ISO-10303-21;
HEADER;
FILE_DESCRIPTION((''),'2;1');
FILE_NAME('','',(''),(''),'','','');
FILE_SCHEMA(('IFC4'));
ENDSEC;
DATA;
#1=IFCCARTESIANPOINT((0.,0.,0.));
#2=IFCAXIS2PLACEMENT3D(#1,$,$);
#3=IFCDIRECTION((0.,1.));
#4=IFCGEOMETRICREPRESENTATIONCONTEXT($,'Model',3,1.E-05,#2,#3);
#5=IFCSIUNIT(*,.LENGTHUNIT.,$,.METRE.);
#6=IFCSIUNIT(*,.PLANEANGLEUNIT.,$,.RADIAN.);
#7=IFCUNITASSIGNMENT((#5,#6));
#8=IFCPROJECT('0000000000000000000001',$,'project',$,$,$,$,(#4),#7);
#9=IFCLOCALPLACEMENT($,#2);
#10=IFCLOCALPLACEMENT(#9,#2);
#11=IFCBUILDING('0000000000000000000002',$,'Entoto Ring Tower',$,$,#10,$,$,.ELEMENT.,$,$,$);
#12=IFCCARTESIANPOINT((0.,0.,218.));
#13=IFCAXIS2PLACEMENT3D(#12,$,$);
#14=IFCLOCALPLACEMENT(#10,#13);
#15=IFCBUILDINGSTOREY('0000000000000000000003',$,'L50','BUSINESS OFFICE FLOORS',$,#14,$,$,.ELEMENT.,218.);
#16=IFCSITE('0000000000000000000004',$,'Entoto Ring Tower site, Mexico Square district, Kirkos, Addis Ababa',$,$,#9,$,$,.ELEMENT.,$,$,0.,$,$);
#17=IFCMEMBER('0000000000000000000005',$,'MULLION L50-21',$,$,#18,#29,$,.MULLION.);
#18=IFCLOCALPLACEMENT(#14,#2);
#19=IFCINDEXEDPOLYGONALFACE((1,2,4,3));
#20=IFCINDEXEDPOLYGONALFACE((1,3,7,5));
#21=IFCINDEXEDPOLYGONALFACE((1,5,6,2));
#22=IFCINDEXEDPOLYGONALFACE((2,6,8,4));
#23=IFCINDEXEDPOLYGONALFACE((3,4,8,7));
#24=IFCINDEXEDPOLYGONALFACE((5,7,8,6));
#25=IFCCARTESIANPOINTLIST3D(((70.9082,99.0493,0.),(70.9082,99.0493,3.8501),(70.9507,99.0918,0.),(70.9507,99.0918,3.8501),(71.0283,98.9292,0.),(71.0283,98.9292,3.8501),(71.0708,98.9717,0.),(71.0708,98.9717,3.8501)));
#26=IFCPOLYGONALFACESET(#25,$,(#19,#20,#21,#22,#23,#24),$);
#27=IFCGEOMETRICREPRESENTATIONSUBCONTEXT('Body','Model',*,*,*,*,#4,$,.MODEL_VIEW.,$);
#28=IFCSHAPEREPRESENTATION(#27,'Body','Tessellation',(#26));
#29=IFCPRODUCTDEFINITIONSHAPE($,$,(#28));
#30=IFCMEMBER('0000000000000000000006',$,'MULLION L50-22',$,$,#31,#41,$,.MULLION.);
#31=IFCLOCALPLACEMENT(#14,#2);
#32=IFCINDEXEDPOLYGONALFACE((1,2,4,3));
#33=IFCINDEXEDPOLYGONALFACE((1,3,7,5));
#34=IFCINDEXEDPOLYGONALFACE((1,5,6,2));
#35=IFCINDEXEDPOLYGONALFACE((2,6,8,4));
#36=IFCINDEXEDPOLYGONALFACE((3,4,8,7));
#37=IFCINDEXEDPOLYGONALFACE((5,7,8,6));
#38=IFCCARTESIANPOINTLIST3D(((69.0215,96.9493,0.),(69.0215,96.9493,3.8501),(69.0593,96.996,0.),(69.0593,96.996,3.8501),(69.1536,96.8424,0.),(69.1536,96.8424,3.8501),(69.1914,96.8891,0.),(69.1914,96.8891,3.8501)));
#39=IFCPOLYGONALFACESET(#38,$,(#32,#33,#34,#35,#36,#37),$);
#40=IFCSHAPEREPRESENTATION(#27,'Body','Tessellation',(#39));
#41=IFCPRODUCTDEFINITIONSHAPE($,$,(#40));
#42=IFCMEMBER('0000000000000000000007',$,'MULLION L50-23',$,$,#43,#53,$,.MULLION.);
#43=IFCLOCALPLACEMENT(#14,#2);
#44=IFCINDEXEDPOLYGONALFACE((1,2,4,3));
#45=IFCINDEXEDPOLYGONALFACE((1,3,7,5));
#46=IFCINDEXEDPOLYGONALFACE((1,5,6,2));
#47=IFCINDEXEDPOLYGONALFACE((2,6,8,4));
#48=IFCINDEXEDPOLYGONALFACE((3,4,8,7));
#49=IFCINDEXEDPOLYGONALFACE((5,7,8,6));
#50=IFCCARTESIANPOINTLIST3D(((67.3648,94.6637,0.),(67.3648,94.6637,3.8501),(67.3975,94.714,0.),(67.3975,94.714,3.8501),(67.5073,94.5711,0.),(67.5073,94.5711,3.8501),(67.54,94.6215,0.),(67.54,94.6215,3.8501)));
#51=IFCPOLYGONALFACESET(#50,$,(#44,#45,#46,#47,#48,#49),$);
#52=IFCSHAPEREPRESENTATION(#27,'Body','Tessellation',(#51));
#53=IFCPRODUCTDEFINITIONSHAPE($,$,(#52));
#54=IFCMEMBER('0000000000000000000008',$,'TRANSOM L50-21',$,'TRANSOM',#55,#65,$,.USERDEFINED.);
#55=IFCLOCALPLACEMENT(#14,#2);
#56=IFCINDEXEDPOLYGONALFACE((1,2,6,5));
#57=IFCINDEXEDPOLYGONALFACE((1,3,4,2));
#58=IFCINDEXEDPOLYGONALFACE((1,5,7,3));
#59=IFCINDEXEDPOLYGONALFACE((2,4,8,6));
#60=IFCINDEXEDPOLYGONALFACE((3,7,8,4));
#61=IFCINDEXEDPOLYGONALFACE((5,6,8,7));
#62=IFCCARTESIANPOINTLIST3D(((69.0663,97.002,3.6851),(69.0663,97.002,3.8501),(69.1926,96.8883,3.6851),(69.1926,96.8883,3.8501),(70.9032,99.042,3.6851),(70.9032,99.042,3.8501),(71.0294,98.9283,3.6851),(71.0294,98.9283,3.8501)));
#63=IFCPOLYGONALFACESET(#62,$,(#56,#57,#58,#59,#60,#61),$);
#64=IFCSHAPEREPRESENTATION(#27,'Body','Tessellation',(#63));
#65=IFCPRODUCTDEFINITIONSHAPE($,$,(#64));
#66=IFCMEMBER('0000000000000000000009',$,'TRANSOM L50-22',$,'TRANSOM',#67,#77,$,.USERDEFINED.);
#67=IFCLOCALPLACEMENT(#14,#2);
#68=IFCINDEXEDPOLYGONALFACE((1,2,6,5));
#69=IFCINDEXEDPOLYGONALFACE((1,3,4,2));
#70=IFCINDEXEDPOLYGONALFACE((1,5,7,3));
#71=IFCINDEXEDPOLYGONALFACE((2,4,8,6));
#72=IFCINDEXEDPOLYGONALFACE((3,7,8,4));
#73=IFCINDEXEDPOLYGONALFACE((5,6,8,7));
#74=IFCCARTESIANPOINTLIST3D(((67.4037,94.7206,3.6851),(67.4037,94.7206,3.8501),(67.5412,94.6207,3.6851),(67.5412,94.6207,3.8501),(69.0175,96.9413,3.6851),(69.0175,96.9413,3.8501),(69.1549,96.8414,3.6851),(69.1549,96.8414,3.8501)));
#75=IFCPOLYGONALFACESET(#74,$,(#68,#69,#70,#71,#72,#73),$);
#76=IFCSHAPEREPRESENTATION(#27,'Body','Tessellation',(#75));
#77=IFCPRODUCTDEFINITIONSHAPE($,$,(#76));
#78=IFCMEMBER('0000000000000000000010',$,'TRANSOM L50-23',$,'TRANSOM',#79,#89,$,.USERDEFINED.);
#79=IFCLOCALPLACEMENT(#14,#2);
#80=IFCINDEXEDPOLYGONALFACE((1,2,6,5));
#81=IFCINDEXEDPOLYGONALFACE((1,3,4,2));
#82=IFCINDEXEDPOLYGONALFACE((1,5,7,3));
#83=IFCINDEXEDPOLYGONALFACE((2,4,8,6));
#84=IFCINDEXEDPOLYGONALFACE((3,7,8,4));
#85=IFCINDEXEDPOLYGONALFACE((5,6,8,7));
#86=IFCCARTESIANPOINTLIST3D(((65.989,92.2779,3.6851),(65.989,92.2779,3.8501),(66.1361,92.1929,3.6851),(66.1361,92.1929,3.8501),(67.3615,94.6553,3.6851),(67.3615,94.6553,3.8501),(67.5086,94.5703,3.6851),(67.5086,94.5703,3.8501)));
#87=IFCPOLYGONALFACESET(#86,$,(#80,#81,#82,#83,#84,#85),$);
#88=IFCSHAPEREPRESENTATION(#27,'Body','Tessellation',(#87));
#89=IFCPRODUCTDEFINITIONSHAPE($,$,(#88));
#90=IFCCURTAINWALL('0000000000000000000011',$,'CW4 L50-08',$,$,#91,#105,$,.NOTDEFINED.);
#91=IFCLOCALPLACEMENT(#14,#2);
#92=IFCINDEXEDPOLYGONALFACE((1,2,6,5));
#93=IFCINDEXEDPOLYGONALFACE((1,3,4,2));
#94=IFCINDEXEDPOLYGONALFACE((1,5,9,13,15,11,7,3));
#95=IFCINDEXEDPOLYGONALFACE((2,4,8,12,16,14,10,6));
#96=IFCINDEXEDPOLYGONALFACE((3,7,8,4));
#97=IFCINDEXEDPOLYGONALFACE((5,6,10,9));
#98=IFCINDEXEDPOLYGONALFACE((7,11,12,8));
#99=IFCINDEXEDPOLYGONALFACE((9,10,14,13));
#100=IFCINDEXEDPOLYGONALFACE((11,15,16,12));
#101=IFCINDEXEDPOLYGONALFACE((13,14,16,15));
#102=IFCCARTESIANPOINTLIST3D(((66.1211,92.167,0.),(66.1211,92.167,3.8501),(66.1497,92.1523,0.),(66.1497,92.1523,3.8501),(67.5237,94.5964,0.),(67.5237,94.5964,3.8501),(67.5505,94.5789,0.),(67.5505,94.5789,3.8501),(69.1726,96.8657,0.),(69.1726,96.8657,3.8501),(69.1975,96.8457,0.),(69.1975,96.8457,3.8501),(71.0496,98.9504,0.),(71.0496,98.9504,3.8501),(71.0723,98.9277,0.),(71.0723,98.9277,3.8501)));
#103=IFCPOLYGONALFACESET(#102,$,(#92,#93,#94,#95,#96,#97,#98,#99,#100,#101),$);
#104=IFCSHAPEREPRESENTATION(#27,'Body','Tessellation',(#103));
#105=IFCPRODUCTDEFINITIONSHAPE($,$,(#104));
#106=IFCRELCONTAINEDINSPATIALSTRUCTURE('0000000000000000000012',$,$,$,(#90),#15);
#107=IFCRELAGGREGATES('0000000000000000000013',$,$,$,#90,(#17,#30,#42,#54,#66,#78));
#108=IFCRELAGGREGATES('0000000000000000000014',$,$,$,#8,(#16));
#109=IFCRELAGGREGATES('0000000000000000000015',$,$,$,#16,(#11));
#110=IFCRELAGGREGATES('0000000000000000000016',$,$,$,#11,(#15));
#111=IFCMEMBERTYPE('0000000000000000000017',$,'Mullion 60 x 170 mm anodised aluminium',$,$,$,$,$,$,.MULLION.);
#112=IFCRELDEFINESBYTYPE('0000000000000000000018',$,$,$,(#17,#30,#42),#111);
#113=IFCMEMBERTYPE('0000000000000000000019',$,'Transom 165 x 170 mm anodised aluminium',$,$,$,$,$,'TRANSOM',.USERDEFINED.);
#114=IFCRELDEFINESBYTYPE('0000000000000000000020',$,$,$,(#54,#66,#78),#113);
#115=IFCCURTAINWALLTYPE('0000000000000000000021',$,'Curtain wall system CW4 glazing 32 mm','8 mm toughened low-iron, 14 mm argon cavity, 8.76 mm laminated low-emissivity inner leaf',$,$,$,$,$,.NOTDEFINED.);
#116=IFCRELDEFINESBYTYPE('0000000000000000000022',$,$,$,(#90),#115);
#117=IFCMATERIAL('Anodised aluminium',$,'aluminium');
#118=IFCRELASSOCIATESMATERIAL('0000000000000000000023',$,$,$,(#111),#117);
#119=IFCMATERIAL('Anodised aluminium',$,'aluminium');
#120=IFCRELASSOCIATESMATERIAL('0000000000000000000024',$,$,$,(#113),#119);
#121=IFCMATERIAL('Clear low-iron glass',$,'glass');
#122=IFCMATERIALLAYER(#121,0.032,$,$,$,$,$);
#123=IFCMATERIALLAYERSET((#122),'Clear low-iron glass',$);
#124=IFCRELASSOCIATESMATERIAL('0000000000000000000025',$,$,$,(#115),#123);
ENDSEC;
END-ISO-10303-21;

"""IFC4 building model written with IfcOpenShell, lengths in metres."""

from ifc_helpers import new_model, si_unit, direction, frame, origin, origin_2d, place, context, subcontext, project, spatial, polyline, rectangle, outline, extrude, material, layer, layer_set, material_profile, profile_set, type_object, element, aggregate, save


model = new_model("IFC4")

# Units and contexts
model_context = context("Model", 3, precision=1e-05, world=origin(), true_north=direction((0.0, 1.0)))
body_context = subcontext(model_context, "Body", "Model", "MODEL_VIEW")
ifc_project = project(units=[si_unit("LENGTHUNIT", "METRE"), si_unit("PLANEANGLEUNIT", "RADIAN")], contexts=[model_context])

# Members
ifc_material_1 = material(Name="Anodised aluminium", Category="aluminium")
ifc_material_profile_1 = material_profile(ifc_material_1, rectangle(XDim=0.0601, YDim=0.1699, at=origin_2d()), Name="Mullion 60 x 170 mm anodised aluminium")
ifc_profile_set_1 = profile_set([ifc_material_profile_1], Name="Anodised aluminium")
member_type_1 = type_object("IfcMemberType", Name="Mullion 60 x 170 mm anodised aluminium", PredefinedType="MULLION", material=ifc_profile_set_1)
site_placement = place(None, origin())
building_placement = place(site_placement, origin())
storey_placement = place(building_placement, frame((0.0, 0.0, 218.0)))
member_1_placement = place(storey_placement, frame((70.9895, 99.0105, 0.0), z_axis=(0.0, 0.0, 1.0), x_axis=(-0.707107, -0.707107, 0.0)))
member_1 = element("IfcMember", 1, at=member_1_placement, type_object=member_type_1, Name="MULLION L50-21", PredefinedType="MULLION", context=body_context, shape_type="SweptSolid", body=[
    extrude(rectangle(XDim=0.0601, YDim=0.1699, at=origin_2d()), origin(), (0.0, 0.0, 1.0), 3.8501),
])
member_2_placement = place(storey_placement, frame((69.1064, 96.9192, 0.0), z_axis=(0.0, 0.0, 1.0), x_axis=(-0.62932, -0.777146, 0.0)))
member_2 = element("IfcMember", 2, at=member_2_placement, type_object=member_type_1, Name="MULLION L50-22", PredefinedType="MULLION", context=body_context, shape_type="SweptSolid", body=[
    extrude(rectangle(XDim=0.0601, YDim=0.1699, at=origin_2d()), origin(), (0.0, 0.0, 1.0), 3.8501),
])
member_3_placement = place(storey_placement, frame((67.4524, 94.6426, 0.0), z_axis=(0.0, 0.0, 1.0), x_axis=(-0.544639, -0.838671, 0.0)))
member_3 = element("IfcMember", 3, at=member_3_placement, type_object=member_type_1, Name="MULLION L50-23", PredefinedType="MULLION", context=body_context, shape_type="SweptSolid", body=[
    extrude(rectangle(XDim=0.0601, YDim=0.1699, at=origin_2d()), origin(), (0.0, 0.0, 1.0), 3.8501),
])
ifc_material_2 = material(Name="Anodised aluminium", Category="aluminium")
ifc_material_profile_2 = material_profile(ifc_material_2, rectangle(XDim=0.1699, YDim=0.165, at=origin_2d()), Name="Transom 165 x 170 mm anodised aluminium")
ifc_profile_set_2 = profile_set([ifc_material_profile_2], Name="Anodised aluminium")
member_type_2 = type_object("IfcMemberType", Name="Transom 165 x 170 mm anodised aluminium", ElementType="TRANSOM", PredefinedType="USERDEFINED", material=ifc_profile_set_2)
member_4_placement = place(storey_placement, frame((70.9663, 98.9851, 3.7676), z_axis=(-0.669142, -0.743135, 0.0), x_axis=(0.743135, -0.669142, 0.0)))
member_4 = element("IfcMember", 4, at=member_4_placement, type_object=member_type_2, Name="TRANSOM L50-21", ObjectType="TRANSOM", PredefinedType="USERDEFINED", context=body_context, shape_type="SweptSolid", body=[
    extrude(rectangle(XDim=0.1699, YDim=0.165, at=origin_2d()), origin(), (0.0, 0.0, 1.0), 2.7451),
])
member_5_placement = place(storey_placement, frame((69.0862, 96.8914, 3.7676), z_axis=(-0.587865, -0.808959, 0.0), x_axis=(0.808959, -0.587865, 0.0)))
member_5 = element("IfcMember", 5, at=member_5_placement, type_object=member_type_2, Name="TRANSOM L50-22", ObjectType="TRANSOM", PredefinedType="USERDEFINED", context=body_context, shape_type="SweptSolid", body=[
    extrude(rectangle(XDim=0.1699, YDim=0.165, at=origin_2d()), origin(), (0.0, 0.0, 1.0), 2.7451),
])
member_6_placement = place(storey_placement, frame((67.4351, 94.6128, 3.7676), z_axis=(-0.499984, -0.866035, 0.0), x_axis=(0.866035, -0.499984, 0.0)))
member_6 = element("IfcMember", 6, at=member_6_placement, type_object=member_type_2, Name="TRANSOM L50-23", ObjectType="TRANSOM", PredefinedType="USERDEFINED", context=body_context, shape_type="SweptSolid", body=[
    extrude(rectangle(XDim=0.1699, YDim=0.165, at=origin_2d()), origin(), (0.0, 0.0, 1.0), 2.7451),
])

# Site, building, storey
site = spatial("IfcSite", under=ifc_project, at=site_placement, Name="Entoto Ring Tower site, Mexico Square district, Kirkos, Addis Ababa", CompositionType="ELEMENT", RefElevation=0.0)
building = spatial("IfcBuilding", under=site, at=building_placement, Name="Entoto Ring Tower", CompositionType="ELEMENT")
storey = spatial("IfcBuildingStorey", under=building, at=storey_placement, Name="L50", Description="BUSINESS OFFICE FLOORS", CompositionType="ELEMENT", Elevation=218.0)

# Curtain wall
ifc_material_3 = material(Name="Clear low-iron glass", Category="glass")
ifc_layer = layer(ifc_material_3, 0.032)
ifc_layer_set = layer_set([ifc_layer], Name="Clear low-iron glass")
curtain_wall_type = type_object("IfcCurtainWallType", Name="Curtain wall system CW4 glazing 32 mm", Description="8 mm toughened low-iron, 14 mm argon cavity, 8.76 mm laminated low-emissivity inner leaf", PredefinedType="NOTDEFINED", material=ifc_layer_set)
curtain_wall_1_placement = place(storey_placement, origin())
curtain_wall_1 = element("IfcCurtainWall", 7, at=curtain_wall_1_placement, inside=storey, type_object=curtain_wall_type, Name="CW4 L50-08", PredefinedType="NOTDEFINED", context=body_context, shape_type="SweptSolid", body=[
    extrude(outline(polyline([(71.0496, 98.9504), (69.1726, 96.8657), (67.5237, 94.5964), (66.1211, 92.167), (66.1497, 92.1523), (67.5505, 94.5789), (69.1975, 96.8457), (71.0723, 98.9277), (71.0496, 98.9504)])), origin(), (0.0, 0.0, 1.0), 3.8501),
])
aggregate(curtain_wall_1, [member_1, member_2, member_3, member_4, member_5, member_6])

save(model, "model.ifc")
